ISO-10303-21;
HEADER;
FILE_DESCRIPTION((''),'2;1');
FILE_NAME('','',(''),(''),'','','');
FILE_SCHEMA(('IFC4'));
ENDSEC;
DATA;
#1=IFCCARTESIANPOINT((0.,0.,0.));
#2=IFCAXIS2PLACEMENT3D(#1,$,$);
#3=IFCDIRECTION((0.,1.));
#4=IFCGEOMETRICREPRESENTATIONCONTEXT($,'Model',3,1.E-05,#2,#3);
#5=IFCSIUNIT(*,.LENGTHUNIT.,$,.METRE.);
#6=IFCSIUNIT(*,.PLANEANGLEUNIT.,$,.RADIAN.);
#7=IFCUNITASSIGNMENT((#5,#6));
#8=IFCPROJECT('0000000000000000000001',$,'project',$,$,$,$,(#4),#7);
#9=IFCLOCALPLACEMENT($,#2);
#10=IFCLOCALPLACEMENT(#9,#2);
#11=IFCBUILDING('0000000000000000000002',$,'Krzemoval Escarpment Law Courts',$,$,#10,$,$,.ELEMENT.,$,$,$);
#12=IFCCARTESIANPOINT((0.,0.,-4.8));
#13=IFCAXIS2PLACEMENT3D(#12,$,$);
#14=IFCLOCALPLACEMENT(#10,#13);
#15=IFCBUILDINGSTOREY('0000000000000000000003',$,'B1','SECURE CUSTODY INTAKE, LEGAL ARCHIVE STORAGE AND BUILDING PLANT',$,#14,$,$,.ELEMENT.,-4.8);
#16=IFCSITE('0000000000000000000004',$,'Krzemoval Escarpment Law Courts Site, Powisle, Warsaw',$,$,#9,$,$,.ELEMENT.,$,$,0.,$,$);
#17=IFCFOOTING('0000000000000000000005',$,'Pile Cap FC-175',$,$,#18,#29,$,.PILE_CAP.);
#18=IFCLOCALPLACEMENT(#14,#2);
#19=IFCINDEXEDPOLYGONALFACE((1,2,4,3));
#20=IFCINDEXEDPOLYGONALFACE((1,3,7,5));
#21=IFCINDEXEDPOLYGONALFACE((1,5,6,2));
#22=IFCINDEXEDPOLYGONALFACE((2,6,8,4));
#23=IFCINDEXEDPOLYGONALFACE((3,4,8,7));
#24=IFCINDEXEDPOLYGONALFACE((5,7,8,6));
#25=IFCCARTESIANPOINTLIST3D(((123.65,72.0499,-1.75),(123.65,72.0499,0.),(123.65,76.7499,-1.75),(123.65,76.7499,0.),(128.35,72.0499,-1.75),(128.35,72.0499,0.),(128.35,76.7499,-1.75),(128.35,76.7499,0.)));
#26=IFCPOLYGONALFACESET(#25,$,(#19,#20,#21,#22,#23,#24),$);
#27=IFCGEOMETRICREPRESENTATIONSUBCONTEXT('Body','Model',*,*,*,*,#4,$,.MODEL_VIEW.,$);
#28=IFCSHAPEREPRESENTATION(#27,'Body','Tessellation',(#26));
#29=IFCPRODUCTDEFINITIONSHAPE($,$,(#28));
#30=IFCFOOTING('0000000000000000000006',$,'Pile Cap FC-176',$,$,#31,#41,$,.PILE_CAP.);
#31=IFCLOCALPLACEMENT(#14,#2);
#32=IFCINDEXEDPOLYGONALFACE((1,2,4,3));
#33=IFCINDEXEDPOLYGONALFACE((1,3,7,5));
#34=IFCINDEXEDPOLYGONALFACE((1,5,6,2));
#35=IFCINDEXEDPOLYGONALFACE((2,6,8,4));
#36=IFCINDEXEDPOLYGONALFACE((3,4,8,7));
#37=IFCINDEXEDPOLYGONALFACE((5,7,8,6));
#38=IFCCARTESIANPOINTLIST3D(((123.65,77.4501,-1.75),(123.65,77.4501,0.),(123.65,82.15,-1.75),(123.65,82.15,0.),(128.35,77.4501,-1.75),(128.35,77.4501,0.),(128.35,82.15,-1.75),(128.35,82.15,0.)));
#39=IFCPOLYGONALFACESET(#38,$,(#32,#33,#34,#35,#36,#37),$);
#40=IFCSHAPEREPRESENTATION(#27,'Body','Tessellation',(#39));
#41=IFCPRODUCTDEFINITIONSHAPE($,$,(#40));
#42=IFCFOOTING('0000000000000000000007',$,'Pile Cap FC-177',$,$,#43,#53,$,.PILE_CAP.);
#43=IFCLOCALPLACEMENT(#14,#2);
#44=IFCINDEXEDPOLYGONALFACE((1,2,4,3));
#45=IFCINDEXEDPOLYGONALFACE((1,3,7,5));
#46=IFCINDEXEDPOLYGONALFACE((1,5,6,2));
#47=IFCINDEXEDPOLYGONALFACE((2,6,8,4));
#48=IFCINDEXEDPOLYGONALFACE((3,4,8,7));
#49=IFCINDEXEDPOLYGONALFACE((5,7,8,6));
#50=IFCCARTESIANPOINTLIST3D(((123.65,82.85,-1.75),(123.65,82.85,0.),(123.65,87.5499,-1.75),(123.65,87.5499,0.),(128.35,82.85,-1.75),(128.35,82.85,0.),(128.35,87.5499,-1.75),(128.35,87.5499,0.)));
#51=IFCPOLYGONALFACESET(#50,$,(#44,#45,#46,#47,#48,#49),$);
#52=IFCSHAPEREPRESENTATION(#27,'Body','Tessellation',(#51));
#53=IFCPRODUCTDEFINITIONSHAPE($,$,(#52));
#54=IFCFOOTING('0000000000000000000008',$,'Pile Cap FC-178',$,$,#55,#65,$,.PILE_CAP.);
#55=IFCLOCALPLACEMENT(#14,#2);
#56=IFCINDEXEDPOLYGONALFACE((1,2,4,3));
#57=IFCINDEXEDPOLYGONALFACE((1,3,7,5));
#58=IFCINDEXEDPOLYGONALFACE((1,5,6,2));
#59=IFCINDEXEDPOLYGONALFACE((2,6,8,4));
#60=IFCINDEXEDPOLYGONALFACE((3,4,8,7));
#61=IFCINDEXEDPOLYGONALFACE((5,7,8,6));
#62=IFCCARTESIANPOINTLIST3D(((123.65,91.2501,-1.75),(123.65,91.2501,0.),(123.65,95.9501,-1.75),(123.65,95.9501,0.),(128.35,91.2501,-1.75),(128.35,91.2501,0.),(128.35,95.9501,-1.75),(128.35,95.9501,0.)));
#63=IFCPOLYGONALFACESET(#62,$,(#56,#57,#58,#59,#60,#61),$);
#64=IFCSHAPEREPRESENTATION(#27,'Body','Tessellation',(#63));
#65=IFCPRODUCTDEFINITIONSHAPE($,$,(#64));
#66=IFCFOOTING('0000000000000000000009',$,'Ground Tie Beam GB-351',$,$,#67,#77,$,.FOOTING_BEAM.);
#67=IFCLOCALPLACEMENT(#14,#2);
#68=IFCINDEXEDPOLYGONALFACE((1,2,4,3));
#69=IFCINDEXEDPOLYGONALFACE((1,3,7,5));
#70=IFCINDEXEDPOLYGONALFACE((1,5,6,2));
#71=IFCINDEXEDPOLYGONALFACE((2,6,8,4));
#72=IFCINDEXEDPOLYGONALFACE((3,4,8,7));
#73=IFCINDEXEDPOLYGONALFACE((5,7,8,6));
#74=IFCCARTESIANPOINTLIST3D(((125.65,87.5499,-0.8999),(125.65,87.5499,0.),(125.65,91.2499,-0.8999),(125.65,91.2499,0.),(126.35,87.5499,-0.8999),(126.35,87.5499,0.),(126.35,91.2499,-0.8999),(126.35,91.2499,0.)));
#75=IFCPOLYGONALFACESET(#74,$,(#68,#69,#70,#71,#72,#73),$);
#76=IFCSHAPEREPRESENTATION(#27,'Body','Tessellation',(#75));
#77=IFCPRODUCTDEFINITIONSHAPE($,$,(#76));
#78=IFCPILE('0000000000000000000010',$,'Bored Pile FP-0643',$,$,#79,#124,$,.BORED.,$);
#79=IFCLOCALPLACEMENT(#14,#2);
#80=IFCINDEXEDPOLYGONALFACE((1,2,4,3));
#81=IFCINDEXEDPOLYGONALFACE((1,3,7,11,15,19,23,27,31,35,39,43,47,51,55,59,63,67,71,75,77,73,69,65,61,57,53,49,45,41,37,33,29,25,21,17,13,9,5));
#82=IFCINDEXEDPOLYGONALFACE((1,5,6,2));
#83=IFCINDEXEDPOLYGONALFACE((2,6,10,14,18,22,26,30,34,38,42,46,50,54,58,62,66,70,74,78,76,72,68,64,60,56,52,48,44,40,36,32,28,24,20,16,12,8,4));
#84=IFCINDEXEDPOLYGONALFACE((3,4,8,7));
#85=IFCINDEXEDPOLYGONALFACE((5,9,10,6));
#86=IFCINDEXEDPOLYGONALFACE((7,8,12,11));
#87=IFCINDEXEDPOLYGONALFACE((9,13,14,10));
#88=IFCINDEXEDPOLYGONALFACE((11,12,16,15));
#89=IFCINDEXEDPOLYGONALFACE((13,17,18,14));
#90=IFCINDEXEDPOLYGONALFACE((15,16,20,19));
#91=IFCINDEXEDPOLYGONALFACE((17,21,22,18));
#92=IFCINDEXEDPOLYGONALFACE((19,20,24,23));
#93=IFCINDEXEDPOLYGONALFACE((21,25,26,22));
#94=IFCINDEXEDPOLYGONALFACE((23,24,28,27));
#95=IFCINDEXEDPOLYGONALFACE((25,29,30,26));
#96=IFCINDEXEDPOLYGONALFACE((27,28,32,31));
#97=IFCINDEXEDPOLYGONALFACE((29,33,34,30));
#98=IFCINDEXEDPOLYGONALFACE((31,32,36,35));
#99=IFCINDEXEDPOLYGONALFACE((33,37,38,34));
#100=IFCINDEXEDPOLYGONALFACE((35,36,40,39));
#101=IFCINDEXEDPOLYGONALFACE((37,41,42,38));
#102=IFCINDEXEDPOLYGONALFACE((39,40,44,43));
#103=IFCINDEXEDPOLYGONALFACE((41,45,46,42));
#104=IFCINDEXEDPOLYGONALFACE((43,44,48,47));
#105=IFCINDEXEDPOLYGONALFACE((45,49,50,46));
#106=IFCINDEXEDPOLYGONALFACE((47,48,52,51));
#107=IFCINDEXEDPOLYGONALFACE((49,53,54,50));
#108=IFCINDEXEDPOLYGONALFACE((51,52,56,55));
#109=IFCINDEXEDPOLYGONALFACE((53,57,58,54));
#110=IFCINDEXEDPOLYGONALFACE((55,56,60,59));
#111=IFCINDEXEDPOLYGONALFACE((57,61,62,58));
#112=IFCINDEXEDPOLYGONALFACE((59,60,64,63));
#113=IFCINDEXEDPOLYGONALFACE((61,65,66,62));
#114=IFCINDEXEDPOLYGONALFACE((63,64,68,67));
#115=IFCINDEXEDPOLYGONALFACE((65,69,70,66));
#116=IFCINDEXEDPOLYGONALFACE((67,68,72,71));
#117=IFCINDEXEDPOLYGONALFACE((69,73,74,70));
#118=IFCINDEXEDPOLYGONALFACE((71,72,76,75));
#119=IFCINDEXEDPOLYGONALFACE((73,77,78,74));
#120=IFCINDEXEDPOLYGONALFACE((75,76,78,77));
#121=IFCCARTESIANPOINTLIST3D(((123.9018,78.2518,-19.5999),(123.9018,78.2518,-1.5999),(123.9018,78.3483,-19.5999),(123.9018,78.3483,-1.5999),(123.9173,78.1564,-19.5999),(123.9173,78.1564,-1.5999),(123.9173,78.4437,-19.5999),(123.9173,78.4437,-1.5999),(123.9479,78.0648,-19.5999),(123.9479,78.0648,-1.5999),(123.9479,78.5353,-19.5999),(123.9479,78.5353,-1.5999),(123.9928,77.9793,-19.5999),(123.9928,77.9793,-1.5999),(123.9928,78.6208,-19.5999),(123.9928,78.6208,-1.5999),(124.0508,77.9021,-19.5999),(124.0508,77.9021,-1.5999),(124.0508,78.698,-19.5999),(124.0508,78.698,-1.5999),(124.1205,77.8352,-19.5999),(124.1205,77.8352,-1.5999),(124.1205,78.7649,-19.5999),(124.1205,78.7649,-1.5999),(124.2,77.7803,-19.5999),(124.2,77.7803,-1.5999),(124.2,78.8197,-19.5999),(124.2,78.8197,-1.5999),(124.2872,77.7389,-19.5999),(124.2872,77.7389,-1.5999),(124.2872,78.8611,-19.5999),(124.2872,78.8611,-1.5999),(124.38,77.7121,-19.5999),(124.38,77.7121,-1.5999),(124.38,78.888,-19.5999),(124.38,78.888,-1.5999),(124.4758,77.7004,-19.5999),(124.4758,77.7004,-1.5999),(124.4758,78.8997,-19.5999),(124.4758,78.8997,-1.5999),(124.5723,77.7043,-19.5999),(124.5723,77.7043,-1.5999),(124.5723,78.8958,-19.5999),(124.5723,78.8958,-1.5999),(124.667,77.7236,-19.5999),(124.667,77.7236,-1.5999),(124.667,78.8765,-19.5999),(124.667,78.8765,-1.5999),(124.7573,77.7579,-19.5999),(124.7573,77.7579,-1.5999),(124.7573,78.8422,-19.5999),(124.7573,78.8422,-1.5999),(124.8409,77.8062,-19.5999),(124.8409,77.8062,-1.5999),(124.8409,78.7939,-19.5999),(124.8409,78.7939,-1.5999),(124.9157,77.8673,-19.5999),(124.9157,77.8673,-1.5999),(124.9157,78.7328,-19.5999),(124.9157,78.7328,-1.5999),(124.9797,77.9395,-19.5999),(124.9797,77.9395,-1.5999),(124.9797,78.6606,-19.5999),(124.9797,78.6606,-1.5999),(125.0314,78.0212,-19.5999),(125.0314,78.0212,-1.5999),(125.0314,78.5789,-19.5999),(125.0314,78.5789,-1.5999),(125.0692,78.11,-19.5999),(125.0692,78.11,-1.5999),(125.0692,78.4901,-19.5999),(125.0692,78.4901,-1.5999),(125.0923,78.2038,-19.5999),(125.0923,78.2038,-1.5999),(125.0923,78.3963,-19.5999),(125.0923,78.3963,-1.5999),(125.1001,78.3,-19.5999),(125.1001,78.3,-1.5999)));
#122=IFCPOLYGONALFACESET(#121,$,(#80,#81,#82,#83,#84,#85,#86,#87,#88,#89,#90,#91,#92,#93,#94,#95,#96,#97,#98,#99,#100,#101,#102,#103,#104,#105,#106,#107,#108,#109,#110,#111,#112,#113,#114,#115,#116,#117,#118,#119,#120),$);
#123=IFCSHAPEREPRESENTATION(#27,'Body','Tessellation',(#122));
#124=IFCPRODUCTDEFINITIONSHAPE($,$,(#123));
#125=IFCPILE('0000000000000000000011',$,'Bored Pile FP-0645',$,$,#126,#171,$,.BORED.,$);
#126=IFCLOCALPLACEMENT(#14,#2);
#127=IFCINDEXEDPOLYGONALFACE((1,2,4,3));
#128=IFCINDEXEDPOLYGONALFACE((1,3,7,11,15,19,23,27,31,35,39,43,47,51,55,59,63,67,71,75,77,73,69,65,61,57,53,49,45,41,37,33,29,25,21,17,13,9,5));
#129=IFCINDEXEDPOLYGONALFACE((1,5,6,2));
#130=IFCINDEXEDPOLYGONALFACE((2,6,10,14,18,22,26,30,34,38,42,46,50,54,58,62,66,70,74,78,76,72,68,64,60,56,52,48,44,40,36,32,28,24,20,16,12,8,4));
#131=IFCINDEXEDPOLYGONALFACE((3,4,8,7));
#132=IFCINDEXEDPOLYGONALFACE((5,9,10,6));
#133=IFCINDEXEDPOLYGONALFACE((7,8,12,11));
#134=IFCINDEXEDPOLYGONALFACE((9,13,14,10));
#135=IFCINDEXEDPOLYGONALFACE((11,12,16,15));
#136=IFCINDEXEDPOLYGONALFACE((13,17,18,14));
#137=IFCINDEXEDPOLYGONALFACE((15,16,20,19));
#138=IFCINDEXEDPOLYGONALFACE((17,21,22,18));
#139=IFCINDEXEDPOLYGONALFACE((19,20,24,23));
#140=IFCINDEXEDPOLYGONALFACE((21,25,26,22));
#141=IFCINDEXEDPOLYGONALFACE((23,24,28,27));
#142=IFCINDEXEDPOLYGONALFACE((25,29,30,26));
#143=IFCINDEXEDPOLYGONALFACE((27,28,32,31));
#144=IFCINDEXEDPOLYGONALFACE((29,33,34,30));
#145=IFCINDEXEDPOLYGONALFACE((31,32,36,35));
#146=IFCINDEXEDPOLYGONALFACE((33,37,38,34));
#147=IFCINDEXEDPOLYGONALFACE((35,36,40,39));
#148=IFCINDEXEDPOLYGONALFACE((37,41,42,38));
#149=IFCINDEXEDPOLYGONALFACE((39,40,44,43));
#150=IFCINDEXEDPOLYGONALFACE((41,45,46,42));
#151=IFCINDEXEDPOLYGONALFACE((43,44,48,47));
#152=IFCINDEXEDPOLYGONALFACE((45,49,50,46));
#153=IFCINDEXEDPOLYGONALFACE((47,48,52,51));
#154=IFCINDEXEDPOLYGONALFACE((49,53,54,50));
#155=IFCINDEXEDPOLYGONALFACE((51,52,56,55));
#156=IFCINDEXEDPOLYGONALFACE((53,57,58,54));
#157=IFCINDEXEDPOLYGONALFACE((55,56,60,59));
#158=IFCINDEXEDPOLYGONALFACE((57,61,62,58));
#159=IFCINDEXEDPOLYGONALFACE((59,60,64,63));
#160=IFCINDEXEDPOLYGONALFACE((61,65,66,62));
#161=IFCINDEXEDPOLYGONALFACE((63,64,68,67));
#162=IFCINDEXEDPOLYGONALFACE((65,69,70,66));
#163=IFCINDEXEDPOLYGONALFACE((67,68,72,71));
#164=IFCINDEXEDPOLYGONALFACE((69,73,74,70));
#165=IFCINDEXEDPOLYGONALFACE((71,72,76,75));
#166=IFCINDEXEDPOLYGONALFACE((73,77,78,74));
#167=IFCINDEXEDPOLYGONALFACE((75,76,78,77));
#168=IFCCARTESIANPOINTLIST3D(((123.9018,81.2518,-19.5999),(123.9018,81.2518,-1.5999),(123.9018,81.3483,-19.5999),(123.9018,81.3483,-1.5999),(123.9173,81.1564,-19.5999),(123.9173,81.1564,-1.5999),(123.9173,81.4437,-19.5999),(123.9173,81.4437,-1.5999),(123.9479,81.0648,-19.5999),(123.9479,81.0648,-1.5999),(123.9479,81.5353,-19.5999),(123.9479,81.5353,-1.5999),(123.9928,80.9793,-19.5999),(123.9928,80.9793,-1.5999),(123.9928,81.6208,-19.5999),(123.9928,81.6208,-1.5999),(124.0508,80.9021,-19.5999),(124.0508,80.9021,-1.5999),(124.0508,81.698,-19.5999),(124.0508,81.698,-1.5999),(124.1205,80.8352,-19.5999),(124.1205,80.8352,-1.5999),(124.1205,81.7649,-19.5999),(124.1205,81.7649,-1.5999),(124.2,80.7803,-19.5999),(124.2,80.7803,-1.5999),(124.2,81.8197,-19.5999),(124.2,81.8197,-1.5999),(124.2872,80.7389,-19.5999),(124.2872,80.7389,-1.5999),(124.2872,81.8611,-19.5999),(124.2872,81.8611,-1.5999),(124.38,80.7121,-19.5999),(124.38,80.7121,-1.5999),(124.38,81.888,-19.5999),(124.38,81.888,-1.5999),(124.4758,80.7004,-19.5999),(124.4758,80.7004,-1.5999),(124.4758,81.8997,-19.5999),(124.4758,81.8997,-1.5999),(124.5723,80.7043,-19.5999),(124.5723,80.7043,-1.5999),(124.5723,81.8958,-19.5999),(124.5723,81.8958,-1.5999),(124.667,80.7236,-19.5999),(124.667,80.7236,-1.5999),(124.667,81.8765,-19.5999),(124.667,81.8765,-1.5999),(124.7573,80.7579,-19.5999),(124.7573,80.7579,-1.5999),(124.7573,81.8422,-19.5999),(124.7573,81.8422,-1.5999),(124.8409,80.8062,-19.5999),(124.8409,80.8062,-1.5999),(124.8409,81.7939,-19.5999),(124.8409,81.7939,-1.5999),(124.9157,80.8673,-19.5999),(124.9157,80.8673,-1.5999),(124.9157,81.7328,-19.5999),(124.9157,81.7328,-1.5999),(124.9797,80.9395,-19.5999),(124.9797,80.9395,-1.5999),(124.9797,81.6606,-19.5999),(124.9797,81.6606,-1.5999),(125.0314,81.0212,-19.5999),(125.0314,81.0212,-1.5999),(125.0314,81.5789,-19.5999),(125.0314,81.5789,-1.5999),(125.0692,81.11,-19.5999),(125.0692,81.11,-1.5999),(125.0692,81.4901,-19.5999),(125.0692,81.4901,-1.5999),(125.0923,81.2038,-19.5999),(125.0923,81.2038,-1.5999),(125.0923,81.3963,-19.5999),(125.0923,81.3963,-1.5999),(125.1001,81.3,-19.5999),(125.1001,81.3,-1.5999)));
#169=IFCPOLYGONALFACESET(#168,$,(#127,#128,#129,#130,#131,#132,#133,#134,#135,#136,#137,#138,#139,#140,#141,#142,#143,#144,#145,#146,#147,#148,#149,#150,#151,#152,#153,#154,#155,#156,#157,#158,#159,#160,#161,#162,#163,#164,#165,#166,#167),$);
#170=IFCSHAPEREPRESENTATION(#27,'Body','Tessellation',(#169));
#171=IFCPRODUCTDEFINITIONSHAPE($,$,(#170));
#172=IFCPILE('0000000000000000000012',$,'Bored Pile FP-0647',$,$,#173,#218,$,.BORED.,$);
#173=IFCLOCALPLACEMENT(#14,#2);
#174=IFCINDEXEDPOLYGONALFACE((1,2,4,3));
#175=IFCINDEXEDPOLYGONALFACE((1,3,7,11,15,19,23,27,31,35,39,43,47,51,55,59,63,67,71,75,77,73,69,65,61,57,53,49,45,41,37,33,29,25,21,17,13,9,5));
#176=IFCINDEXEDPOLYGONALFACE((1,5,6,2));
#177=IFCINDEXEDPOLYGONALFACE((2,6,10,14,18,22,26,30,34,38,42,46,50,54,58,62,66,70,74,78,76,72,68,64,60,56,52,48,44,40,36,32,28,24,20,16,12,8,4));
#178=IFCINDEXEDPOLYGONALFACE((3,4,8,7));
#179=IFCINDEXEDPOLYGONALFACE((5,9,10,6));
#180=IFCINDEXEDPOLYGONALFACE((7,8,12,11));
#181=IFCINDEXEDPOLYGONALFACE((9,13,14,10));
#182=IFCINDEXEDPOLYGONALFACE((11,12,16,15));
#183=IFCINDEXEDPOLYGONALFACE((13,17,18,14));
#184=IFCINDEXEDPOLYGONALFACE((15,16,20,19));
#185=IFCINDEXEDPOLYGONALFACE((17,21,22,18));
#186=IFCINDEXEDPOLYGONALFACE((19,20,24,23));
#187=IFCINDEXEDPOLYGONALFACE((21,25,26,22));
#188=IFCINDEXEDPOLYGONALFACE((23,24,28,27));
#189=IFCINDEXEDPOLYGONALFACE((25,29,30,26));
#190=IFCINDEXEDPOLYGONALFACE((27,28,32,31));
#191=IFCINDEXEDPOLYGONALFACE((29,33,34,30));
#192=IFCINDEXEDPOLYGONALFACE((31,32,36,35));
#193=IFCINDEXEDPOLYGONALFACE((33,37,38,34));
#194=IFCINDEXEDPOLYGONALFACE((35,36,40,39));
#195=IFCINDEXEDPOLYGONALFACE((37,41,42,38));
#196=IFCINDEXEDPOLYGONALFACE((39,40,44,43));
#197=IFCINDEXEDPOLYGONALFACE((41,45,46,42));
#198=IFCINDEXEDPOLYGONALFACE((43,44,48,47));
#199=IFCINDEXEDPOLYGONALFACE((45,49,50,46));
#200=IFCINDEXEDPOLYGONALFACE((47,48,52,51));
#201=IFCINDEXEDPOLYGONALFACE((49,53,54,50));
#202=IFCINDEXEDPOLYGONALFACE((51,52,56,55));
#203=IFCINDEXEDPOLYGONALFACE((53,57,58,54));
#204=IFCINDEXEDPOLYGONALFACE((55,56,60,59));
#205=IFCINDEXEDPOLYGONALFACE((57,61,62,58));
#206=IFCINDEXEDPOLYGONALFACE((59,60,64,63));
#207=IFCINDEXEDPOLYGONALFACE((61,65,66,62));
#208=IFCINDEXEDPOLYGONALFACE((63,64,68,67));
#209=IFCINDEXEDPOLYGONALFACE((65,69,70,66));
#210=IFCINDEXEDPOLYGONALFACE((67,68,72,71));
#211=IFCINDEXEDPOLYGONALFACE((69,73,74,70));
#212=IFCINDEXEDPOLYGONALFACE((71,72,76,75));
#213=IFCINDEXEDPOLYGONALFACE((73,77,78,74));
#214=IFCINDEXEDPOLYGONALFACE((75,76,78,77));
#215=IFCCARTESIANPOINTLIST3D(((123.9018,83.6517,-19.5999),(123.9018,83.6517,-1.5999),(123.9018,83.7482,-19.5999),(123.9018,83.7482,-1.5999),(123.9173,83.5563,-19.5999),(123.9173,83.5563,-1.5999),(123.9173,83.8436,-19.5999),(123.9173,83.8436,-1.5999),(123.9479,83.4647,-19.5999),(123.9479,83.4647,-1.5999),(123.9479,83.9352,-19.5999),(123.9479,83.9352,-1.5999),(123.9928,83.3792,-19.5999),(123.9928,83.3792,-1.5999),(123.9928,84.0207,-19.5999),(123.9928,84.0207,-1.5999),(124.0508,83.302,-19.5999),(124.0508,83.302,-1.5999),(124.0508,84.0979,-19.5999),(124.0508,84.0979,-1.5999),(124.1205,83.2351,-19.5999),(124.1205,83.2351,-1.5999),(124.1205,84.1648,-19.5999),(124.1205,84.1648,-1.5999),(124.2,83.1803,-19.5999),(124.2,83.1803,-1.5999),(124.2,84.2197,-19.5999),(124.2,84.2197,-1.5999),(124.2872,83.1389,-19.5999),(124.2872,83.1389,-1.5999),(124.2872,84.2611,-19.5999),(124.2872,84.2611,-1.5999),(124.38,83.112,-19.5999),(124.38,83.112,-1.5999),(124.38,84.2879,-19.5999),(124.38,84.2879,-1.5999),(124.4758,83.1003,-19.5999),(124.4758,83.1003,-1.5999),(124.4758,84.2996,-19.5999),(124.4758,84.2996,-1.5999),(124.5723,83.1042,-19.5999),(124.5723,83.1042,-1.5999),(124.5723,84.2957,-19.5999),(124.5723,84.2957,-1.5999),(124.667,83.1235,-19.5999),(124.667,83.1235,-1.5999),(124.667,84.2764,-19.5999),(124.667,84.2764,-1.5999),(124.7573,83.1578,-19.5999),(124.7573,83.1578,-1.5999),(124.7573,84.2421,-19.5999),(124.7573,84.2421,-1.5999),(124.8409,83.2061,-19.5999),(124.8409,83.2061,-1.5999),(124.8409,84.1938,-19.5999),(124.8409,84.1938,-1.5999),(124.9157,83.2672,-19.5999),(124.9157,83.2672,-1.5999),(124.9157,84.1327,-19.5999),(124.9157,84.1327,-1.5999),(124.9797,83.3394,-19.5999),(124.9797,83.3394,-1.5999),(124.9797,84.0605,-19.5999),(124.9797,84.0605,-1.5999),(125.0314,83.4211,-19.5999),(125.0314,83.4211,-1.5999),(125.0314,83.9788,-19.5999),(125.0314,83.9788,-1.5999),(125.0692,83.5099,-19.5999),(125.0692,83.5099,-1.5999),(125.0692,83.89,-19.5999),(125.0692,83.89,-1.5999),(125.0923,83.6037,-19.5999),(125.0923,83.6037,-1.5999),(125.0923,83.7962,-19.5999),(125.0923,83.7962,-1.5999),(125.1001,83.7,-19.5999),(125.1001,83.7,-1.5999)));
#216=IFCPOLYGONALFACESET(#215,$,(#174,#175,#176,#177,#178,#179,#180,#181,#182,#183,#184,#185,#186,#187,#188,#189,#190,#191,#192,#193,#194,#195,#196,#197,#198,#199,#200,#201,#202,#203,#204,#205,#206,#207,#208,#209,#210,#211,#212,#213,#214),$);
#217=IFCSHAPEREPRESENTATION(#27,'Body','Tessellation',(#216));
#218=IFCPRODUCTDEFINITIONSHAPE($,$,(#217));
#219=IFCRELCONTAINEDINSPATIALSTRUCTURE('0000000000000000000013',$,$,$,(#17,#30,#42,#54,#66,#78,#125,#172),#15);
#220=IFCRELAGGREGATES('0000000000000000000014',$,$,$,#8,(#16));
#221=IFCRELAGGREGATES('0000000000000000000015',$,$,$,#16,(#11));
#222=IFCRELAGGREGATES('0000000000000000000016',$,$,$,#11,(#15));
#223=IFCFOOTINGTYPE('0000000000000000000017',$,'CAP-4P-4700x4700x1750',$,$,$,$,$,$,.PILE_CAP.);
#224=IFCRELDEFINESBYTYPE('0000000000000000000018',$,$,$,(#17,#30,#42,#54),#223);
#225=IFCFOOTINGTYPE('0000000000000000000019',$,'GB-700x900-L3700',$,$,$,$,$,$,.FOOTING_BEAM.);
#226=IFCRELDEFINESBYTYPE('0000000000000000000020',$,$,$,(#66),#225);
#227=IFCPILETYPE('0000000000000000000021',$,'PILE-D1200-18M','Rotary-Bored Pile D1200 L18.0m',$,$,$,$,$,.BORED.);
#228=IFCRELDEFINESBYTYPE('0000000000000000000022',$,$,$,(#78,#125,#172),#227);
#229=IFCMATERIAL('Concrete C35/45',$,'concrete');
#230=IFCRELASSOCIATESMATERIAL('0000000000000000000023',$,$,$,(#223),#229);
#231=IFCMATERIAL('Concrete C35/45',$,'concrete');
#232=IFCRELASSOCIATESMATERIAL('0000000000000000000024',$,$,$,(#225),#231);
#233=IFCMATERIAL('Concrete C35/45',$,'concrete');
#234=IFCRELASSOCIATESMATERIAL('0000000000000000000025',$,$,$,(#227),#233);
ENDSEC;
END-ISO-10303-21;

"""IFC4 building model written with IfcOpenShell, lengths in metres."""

from ifc_helpers import new_model, si_unit, direction, frame, origin, origin_2d, place, context, subcontext, project, spatial, rectangle, circle, extrude, material, material_profile, profile_set, type_object, element, save


model = new_model("IFC4")

# Units and contexts
model_context = context("Model", 3, precision=1e-05, world=origin(), true_north=direction((0.0, 1.0)))
body_context = subcontext(model_context, "Body", "Model", "MODEL_VIEW")
ifc_project = project(units=[si_unit("LENGTHUNIT", "METRE"), si_unit("PLANEANGLEUNIT", "RADIAN")], contexts=[model_context])

# Site, building, storey
site_placement = place(None, origin())
site = spatial("IfcSite", under=ifc_project, at=site_placement, Name="Krzemoval Escarpment Law Courts Site, Powisle, Warsaw", CompositionType="ELEMENT", RefElevation=0.0)
building_placement = place(site_placement, origin())
building = spatial("IfcBuilding", under=site, at=building_placement, Name="Krzemoval Escarpment Law Courts", CompositionType="ELEMENT")
storey_placement = place(building_placement, frame((0.0, 0.0, -4.8)))
storey = spatial("IfcBuildingStorey", under=building, at=storey_placement, Name="B1", Description="SECURE CUSTODY INTAKE, LEGAL ARCHIVE STORAGE AND BUILDING PLANT", CompositionType="ELEMENT", Elevation=-4.8)

# Footings
ifc_material_1 = material(Name="Concrete C35/45", Category="concrete")
footing_type_1 = type_object("IfcFootingType", Name="CAP-4P-4700x4700x1750", PredefinedType="PILE_CAP", material=ifc_material_1)
for number, where, z_axis, x_axis, name in (
    (1, (126.0, 74.3999, -1.75), (0.0, 0.0, 1.0), (1.0, 0.0, 0.0), "Pile Cap FC-175"),
    (2, (126.0, 79.8, -1.75), (0.0, 0.0, 1.0), (1.0, 0.0, 0.0), "Pile Cap FC-176"),
    (3, (126.0, 85.2, -1.75), (0.0, 0.0, 1.0), (1.0, 0.0, 0.0), "Pile Cap FC-177"),
    (4, (126.0, 93.6001, -1.75), (0.0, 0.0, 1.0), (1.0, 0.0, 0.0), "Pile Cap FC-178"),
):
    element("IfcFooting", number, at=place(storey_placement, frame(where, z_axis=z_axis, x_axis=x_axis)), inside=storey, type_object=footing_type_1, Name=name, PredefinedType="PILE_CAP", context=body_context, shape_type="SweptSolid", body=[
        extrude(rectangle(XDim=4.7, YDim=4.7, at=origin_2d()), origin(), (0.0, 0.0, 1.0), 1.75),
    ])
ifc_material_2 = material(Name="Concrete C35/45", Category="concrete")
footing_type_2 = type_object("IfcFootingType", Name="GB-700x900-L3700", PredefinedType="FOOTING_BEAM", material=ifc_material_2)
footing_placement = place(storey_placement, frame((126.0, 89.3999, -0.8999), z_axis=(0.0, 0.0, 1.0), x_axis=(0.0, 1.0, 0.0)))
element("IfcFooting", 5, at=footing_placement, inside=storey, type_object=footing_type_2, Name="Ground Tie Beam GB-351", PredefinedType="FOOTING_BEAM", context=body_context, shape_type="SweptSolid", body=[
    extrude(rectangle(XDim=3.7, YDim=0.7, at=origin_2d()), origin(), (0.0, 0.0, 1.0), 0.8999),
])

# Piles
ifc_material_3 = material(Name="Concrete C35/45", Category="concrete")
ifc_material_profile_1 = material_profile(ifc_material_3, circle(Radius=0.6001, at=origin_2d()), Name="PILE D1200")
ifc_profile_set_1 = profile_set([ifc_material_profile_1], Name="Concrete C35/45")
pile_type_1 = type_object("IfcPileType", Name="PILE-D1200-18M", Description="Rotary-Bored Pile D1200 L18.0m", PredefinedType="BORED", material=ifc_profile_set_1)
for number, where, z_axis, x_axis, name in (
    (6, (124.5, 78.3, -1.5999), (0.0, 0.0, -1.0), (1.0, 0.0, 0.0), "Bored Pile FP-0643"),
    (7, (124.5, 81.3, -1.5999), (0.0, 0.0, -1.0), (1.0, 0.0, 0.0), "Bored Pile FP-0645"),
    (8, (124.5, 83.7, -1.5999), (0.0, 0.0, -1.0), (1.0, 0.0, 0.0), "Bored Pile FP-0647"),
):
    element("IfcPile", number, at=place(storey_placement, frame(where, z_axis=z_axis, x_axis=x_axis)), inside=storey, type_object=pile_type_1, Name=name, PredefinedType="BORED", context=body_context, shape_type="SweptSolid", body=[
        extrude(circle(Radius=0.6001, at=origin_2d()), origin(), (0.0, 0.0, 1.0), 18.0),
    ])

save(model, "model.ifc")
